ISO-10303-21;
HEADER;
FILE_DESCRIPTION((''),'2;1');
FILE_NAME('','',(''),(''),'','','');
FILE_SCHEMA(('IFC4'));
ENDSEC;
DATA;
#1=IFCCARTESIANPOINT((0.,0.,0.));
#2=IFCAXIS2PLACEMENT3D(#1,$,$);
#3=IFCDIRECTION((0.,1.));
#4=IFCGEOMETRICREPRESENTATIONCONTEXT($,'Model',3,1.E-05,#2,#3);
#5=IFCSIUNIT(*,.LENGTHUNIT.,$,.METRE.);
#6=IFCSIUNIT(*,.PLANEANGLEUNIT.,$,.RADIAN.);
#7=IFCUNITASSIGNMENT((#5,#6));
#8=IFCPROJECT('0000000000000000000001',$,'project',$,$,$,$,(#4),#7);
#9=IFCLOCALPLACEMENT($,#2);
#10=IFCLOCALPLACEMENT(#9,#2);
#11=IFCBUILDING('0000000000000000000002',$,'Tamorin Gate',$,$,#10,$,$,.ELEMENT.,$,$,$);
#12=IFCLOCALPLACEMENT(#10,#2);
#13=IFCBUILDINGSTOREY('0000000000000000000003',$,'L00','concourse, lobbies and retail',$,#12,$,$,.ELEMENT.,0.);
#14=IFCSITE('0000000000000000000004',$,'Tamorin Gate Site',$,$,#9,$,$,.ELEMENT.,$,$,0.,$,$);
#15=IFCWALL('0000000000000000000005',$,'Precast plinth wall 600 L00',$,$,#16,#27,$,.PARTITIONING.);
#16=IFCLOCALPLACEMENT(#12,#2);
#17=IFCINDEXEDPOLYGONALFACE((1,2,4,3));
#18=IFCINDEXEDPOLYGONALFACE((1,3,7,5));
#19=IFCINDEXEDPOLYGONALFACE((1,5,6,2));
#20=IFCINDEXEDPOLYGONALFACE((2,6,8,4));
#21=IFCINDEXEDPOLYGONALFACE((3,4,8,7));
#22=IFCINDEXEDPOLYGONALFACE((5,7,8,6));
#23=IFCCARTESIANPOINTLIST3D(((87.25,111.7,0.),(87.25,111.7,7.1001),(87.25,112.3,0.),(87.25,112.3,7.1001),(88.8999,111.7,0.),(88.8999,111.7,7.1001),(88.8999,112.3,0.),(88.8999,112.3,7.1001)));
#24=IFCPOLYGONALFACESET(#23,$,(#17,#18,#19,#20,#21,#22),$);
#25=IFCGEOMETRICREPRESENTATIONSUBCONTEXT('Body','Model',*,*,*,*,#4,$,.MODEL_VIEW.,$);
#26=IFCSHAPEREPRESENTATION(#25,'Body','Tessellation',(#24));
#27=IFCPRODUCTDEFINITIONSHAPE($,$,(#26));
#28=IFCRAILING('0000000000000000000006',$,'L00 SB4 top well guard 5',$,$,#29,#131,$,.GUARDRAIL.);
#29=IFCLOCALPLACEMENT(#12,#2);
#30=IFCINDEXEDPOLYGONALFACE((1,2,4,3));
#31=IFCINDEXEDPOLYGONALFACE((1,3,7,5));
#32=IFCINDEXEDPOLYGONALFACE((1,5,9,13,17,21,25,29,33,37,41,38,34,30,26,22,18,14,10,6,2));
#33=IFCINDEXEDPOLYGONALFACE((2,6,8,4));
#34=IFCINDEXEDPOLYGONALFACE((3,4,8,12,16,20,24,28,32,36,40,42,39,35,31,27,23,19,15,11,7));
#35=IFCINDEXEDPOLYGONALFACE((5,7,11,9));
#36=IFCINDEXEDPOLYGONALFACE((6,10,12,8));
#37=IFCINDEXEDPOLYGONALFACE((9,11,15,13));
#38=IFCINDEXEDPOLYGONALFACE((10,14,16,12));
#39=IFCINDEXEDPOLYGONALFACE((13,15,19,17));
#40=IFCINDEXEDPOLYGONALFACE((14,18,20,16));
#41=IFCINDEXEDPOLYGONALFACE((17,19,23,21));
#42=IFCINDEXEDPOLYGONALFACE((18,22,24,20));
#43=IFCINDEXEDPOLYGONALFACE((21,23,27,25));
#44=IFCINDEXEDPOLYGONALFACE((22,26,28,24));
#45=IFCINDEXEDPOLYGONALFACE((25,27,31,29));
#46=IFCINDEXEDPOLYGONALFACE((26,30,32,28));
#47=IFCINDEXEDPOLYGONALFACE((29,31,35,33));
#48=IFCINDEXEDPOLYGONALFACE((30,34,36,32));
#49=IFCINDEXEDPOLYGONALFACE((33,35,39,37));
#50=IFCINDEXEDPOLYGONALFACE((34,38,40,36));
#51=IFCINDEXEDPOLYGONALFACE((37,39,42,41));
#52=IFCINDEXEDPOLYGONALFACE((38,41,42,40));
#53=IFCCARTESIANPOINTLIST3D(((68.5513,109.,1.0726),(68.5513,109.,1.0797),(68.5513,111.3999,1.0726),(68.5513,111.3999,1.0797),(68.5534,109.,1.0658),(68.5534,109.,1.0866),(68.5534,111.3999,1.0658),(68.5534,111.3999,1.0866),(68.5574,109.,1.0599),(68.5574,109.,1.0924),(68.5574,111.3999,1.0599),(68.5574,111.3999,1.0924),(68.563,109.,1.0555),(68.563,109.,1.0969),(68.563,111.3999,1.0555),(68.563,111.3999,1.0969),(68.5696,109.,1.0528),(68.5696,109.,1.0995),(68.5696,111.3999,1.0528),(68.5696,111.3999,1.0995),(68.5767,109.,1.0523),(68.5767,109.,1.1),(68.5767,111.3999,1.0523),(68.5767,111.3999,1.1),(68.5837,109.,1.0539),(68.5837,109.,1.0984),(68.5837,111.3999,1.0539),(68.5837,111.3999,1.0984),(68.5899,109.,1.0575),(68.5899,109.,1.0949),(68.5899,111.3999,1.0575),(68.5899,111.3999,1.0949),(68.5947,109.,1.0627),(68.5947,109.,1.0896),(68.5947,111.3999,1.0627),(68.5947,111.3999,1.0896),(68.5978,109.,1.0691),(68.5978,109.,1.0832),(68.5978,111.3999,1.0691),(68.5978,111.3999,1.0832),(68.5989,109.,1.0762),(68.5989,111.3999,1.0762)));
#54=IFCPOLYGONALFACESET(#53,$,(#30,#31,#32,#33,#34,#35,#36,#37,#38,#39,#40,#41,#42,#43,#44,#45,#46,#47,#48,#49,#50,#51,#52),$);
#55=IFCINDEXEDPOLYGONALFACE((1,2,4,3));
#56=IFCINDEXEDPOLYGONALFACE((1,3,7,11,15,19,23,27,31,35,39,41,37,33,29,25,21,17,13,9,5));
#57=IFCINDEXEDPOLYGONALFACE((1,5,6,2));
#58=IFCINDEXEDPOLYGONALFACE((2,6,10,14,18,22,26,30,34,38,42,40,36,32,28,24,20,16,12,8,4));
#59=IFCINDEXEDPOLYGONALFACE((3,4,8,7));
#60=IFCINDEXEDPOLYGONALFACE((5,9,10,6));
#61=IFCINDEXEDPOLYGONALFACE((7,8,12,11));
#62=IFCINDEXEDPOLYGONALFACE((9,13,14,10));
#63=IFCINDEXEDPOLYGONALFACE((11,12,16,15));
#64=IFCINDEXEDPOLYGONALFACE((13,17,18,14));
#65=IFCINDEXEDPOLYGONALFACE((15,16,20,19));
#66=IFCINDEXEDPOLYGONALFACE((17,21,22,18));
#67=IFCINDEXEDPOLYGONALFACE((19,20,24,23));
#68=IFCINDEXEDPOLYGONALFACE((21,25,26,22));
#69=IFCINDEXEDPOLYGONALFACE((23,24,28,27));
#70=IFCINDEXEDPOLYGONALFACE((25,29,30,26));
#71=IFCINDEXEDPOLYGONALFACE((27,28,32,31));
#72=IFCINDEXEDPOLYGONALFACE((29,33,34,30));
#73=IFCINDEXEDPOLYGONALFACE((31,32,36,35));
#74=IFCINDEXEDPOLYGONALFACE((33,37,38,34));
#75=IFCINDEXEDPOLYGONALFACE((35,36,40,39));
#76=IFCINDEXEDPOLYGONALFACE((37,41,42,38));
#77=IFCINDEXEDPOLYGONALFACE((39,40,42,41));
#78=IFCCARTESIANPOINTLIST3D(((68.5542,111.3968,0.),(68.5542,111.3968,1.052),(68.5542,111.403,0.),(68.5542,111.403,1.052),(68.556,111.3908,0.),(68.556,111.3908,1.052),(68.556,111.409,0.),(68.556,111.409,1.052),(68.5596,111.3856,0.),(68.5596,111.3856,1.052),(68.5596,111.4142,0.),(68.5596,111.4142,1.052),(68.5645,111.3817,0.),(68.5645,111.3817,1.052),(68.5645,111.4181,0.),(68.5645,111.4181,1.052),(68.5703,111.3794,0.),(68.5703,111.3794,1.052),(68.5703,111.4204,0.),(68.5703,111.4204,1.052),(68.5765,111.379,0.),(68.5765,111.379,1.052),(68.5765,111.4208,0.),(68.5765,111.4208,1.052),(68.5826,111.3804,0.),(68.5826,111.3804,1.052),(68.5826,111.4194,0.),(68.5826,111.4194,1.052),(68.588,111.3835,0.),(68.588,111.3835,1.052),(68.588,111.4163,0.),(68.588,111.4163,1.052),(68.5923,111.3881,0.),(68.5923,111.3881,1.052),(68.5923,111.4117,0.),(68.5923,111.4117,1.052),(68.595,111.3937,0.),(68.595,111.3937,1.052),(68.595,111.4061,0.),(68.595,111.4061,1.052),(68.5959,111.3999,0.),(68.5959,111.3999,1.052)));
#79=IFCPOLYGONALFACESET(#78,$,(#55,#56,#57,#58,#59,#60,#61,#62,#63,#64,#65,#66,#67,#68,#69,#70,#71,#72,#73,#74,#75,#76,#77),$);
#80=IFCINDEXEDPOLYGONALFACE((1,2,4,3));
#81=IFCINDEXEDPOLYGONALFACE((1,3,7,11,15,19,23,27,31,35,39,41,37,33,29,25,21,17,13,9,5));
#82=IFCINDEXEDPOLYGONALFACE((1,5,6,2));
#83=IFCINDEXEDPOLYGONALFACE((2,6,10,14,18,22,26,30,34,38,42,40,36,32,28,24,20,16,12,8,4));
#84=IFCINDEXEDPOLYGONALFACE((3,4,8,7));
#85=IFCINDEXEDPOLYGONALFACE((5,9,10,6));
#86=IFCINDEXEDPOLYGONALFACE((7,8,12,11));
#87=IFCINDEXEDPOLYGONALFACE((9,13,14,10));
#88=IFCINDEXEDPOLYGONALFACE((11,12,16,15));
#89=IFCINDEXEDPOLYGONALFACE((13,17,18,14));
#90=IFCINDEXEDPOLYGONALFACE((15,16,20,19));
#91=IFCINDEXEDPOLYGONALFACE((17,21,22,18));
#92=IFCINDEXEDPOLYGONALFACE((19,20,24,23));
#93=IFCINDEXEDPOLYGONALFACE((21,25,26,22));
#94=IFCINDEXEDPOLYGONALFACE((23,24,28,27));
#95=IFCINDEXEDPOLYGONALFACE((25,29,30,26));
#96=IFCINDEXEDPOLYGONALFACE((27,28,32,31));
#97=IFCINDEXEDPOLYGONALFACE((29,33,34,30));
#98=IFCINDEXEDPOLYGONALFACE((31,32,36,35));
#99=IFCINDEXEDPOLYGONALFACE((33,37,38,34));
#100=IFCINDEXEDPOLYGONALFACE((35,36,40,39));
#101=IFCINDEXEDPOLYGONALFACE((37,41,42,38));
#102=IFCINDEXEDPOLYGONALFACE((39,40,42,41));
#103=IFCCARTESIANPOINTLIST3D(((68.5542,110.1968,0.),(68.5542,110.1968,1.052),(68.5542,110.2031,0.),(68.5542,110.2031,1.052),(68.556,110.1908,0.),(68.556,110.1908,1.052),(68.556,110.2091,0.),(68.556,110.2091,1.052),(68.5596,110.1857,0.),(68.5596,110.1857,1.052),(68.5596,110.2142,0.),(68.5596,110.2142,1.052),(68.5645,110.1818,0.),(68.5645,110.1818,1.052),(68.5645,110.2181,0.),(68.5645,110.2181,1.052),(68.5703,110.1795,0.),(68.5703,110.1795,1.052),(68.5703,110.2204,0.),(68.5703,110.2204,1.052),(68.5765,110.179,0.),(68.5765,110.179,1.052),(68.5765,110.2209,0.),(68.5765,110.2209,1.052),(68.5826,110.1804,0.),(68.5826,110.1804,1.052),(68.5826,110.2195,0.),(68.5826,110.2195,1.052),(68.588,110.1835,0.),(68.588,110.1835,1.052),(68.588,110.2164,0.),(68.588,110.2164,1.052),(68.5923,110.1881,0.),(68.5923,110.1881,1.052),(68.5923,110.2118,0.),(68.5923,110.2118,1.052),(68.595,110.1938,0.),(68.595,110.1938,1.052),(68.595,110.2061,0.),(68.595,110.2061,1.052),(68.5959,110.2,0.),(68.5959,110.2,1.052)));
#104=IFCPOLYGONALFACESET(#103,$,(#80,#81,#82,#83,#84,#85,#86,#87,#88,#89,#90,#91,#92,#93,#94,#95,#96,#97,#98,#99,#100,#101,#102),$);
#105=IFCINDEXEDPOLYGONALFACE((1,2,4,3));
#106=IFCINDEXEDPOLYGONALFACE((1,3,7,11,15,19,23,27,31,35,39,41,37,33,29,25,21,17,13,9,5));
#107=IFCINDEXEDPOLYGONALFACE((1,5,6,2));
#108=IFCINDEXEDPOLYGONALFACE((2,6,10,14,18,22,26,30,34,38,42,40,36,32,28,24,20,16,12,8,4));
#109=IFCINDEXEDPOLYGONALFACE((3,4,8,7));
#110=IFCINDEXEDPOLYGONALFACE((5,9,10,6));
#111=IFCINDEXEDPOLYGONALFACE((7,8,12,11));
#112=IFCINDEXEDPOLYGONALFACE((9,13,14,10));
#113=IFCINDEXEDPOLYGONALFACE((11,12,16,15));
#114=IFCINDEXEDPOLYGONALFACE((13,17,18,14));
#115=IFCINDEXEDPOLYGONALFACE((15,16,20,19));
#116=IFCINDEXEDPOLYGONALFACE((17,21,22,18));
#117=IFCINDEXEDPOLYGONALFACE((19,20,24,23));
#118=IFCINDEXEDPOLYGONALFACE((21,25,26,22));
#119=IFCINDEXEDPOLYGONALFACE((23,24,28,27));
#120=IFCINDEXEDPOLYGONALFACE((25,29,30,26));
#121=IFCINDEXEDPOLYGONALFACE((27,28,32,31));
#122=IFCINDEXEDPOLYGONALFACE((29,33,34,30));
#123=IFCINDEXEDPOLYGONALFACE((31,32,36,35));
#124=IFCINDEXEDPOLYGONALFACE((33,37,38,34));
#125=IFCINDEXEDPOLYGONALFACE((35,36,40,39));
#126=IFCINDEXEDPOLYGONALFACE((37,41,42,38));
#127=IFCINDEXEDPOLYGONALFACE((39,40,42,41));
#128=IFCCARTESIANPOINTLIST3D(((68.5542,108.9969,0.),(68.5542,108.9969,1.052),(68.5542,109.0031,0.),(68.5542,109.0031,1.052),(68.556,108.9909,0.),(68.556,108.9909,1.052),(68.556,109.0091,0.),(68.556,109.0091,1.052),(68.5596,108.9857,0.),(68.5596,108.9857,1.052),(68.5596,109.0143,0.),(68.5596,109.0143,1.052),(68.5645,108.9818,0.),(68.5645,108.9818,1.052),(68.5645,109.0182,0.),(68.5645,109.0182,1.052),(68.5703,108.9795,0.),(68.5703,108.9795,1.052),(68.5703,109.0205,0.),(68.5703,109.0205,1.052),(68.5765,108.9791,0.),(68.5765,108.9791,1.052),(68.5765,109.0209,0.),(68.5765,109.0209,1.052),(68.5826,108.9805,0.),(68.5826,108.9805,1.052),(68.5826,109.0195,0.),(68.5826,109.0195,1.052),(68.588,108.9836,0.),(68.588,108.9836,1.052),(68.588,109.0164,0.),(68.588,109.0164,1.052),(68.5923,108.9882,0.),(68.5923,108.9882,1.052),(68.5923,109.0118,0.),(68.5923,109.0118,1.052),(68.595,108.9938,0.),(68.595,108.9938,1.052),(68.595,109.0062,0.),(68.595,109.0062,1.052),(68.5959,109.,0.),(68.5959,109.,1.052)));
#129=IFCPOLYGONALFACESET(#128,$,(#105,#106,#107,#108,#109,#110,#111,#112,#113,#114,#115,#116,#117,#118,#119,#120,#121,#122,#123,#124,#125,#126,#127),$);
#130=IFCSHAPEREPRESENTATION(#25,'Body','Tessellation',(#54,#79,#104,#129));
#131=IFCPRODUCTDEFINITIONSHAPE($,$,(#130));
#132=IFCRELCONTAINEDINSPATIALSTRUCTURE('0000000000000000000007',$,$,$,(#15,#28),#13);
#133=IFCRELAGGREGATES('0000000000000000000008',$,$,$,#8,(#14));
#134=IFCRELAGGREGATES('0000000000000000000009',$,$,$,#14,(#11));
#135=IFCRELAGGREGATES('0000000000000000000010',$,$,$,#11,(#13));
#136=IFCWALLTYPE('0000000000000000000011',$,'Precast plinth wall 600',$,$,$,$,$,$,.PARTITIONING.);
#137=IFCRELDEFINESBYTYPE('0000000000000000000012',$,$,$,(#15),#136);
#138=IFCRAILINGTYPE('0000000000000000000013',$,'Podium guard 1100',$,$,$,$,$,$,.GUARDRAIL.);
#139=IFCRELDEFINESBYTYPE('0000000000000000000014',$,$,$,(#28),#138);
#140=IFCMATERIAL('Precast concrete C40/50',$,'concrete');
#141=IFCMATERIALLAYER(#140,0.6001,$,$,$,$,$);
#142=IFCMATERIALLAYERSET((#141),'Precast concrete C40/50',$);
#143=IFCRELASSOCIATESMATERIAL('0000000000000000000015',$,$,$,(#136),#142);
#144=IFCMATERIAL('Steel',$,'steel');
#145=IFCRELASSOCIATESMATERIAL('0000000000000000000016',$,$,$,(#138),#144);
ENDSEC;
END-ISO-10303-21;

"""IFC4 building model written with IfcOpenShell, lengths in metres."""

from ifc_helpers import new_model, si_unit, direction, frame, frame_2d, origin, origin_2d, place, context, subcontext, project, spatial, rectangle, circle, extrude, material, layer, layer_set, type_object, element, save


model = new_model("IFC4")

# Units and contexts
model_context = context("Model", 3, precision=1e-05, world=origin(), true_north=direction((0.0, 1.0)))
body_context = subcontext(model_context, "Body", "Model", "MODEL_VIEW")
ifc_project = project(units=[si_unit("LENGTHUNIT", "METRE"), si_unit("PLANEANGLEUNIT", "RADIAN")], contexts=[model_context])

# Site, building, storey
site_placement = place(None, origin())
site = spatial("IfcSite", under=ifc_project, at=site_placement, Name="Tamorin Gate Site", CompositionType="ELEMENT", RefElevation=0.0)
building_placement = place(site_placement, origin())
building = spatial("IfcBuilding", under=site, at=building_placement, Name="Tamorin Gate", CompositionType="ELEMENT")
storey_placement = place(building_placement, origin())
storey = spatial("IfcBuildingStorey", under=building, at=storey_placement, Name="L00", Description="concourse, lobbies and retail", CompositionType="ELEMENT", Elevation=0.0)

# Shared definitions
ifc_material_1 = material(Name="Precast concrete C40/50", Category="concrete")
ifc_layer = layer(ifc_material_1, 0.6001)
ifc_layer_set = layer_set([ifc_layer], Name="Precast concrete C40/50")
wall_type = type_object("IfcWallType", Name="Precast plinth wall 600", PredefinedType="PARTITIONING", material=ifc_layer_set)

# Wall
wall_1_placement = place(storey_placement, frame((87.25, 112.0, 0.0), z_axis=(0.0, 0.0, 1.0), x_axis=(1.0, 0.0, 0.0)))
element("IfcWall", 1, at=wall_1_placement, inside=storey, type_object=wall_type, Name="Precast plinth wall 600 L00", PredefinedType="PARTITIONING", context=body_context, shape_type="SweptSolid", body=[
    extrude(rectangle(XDim=1.6499, YDim=0.6001, at=frame_2d((0.825, 0.0))), origin(), (0.0, 0.0, 1.0), 7.1001),
])

# Railing
ifc_material_2 = material(Name="Steel", Category="steel")
railing_type = type_object("IfcRailingType", Name="Podium guard 1100", PredefinedType="GUARDRAIL", material=ifc_material_2)
for number, where, name in (
    (2, (68.575, 111.3999, 0.0), "L00 SB4 top well guard 5"),
):
    element("IfcRailing", number, at=place(storey_placement, frame(where)), inside=storey, type_object=railing_type, Name=name, PredefinedType="GUARDRAIL", context=body_context, shape_type="SweptSolid", body=[
        extrude(circle(Radius=0.0239, at=origin_2d()), frame((0.0, 0.0, 1.0762), z_axis=(0.0, -1.0, 0.0), x_axis=(1.0, 0.0, 0.0)), (0.0, 0.0, 1.0), 2.3999),
        extrude(circle(Radius=0.021, at=origin_2d()), origin(), (0.0, 0.0, 1.0), 1.052),
        extrude(circle(Radius=0.021, at=origin_2d()), frame((0.0, -1.2, 0.0)), (0.0, 0.0, 1.0), 1.052),
        extrude(circle(Radius=0.021, at=origin_2d()), frame((0.0, -2.3999, 0.0)), (0.0, 0.0, 1.0), 1.052),
    ])

save(model, "model.ifc")
